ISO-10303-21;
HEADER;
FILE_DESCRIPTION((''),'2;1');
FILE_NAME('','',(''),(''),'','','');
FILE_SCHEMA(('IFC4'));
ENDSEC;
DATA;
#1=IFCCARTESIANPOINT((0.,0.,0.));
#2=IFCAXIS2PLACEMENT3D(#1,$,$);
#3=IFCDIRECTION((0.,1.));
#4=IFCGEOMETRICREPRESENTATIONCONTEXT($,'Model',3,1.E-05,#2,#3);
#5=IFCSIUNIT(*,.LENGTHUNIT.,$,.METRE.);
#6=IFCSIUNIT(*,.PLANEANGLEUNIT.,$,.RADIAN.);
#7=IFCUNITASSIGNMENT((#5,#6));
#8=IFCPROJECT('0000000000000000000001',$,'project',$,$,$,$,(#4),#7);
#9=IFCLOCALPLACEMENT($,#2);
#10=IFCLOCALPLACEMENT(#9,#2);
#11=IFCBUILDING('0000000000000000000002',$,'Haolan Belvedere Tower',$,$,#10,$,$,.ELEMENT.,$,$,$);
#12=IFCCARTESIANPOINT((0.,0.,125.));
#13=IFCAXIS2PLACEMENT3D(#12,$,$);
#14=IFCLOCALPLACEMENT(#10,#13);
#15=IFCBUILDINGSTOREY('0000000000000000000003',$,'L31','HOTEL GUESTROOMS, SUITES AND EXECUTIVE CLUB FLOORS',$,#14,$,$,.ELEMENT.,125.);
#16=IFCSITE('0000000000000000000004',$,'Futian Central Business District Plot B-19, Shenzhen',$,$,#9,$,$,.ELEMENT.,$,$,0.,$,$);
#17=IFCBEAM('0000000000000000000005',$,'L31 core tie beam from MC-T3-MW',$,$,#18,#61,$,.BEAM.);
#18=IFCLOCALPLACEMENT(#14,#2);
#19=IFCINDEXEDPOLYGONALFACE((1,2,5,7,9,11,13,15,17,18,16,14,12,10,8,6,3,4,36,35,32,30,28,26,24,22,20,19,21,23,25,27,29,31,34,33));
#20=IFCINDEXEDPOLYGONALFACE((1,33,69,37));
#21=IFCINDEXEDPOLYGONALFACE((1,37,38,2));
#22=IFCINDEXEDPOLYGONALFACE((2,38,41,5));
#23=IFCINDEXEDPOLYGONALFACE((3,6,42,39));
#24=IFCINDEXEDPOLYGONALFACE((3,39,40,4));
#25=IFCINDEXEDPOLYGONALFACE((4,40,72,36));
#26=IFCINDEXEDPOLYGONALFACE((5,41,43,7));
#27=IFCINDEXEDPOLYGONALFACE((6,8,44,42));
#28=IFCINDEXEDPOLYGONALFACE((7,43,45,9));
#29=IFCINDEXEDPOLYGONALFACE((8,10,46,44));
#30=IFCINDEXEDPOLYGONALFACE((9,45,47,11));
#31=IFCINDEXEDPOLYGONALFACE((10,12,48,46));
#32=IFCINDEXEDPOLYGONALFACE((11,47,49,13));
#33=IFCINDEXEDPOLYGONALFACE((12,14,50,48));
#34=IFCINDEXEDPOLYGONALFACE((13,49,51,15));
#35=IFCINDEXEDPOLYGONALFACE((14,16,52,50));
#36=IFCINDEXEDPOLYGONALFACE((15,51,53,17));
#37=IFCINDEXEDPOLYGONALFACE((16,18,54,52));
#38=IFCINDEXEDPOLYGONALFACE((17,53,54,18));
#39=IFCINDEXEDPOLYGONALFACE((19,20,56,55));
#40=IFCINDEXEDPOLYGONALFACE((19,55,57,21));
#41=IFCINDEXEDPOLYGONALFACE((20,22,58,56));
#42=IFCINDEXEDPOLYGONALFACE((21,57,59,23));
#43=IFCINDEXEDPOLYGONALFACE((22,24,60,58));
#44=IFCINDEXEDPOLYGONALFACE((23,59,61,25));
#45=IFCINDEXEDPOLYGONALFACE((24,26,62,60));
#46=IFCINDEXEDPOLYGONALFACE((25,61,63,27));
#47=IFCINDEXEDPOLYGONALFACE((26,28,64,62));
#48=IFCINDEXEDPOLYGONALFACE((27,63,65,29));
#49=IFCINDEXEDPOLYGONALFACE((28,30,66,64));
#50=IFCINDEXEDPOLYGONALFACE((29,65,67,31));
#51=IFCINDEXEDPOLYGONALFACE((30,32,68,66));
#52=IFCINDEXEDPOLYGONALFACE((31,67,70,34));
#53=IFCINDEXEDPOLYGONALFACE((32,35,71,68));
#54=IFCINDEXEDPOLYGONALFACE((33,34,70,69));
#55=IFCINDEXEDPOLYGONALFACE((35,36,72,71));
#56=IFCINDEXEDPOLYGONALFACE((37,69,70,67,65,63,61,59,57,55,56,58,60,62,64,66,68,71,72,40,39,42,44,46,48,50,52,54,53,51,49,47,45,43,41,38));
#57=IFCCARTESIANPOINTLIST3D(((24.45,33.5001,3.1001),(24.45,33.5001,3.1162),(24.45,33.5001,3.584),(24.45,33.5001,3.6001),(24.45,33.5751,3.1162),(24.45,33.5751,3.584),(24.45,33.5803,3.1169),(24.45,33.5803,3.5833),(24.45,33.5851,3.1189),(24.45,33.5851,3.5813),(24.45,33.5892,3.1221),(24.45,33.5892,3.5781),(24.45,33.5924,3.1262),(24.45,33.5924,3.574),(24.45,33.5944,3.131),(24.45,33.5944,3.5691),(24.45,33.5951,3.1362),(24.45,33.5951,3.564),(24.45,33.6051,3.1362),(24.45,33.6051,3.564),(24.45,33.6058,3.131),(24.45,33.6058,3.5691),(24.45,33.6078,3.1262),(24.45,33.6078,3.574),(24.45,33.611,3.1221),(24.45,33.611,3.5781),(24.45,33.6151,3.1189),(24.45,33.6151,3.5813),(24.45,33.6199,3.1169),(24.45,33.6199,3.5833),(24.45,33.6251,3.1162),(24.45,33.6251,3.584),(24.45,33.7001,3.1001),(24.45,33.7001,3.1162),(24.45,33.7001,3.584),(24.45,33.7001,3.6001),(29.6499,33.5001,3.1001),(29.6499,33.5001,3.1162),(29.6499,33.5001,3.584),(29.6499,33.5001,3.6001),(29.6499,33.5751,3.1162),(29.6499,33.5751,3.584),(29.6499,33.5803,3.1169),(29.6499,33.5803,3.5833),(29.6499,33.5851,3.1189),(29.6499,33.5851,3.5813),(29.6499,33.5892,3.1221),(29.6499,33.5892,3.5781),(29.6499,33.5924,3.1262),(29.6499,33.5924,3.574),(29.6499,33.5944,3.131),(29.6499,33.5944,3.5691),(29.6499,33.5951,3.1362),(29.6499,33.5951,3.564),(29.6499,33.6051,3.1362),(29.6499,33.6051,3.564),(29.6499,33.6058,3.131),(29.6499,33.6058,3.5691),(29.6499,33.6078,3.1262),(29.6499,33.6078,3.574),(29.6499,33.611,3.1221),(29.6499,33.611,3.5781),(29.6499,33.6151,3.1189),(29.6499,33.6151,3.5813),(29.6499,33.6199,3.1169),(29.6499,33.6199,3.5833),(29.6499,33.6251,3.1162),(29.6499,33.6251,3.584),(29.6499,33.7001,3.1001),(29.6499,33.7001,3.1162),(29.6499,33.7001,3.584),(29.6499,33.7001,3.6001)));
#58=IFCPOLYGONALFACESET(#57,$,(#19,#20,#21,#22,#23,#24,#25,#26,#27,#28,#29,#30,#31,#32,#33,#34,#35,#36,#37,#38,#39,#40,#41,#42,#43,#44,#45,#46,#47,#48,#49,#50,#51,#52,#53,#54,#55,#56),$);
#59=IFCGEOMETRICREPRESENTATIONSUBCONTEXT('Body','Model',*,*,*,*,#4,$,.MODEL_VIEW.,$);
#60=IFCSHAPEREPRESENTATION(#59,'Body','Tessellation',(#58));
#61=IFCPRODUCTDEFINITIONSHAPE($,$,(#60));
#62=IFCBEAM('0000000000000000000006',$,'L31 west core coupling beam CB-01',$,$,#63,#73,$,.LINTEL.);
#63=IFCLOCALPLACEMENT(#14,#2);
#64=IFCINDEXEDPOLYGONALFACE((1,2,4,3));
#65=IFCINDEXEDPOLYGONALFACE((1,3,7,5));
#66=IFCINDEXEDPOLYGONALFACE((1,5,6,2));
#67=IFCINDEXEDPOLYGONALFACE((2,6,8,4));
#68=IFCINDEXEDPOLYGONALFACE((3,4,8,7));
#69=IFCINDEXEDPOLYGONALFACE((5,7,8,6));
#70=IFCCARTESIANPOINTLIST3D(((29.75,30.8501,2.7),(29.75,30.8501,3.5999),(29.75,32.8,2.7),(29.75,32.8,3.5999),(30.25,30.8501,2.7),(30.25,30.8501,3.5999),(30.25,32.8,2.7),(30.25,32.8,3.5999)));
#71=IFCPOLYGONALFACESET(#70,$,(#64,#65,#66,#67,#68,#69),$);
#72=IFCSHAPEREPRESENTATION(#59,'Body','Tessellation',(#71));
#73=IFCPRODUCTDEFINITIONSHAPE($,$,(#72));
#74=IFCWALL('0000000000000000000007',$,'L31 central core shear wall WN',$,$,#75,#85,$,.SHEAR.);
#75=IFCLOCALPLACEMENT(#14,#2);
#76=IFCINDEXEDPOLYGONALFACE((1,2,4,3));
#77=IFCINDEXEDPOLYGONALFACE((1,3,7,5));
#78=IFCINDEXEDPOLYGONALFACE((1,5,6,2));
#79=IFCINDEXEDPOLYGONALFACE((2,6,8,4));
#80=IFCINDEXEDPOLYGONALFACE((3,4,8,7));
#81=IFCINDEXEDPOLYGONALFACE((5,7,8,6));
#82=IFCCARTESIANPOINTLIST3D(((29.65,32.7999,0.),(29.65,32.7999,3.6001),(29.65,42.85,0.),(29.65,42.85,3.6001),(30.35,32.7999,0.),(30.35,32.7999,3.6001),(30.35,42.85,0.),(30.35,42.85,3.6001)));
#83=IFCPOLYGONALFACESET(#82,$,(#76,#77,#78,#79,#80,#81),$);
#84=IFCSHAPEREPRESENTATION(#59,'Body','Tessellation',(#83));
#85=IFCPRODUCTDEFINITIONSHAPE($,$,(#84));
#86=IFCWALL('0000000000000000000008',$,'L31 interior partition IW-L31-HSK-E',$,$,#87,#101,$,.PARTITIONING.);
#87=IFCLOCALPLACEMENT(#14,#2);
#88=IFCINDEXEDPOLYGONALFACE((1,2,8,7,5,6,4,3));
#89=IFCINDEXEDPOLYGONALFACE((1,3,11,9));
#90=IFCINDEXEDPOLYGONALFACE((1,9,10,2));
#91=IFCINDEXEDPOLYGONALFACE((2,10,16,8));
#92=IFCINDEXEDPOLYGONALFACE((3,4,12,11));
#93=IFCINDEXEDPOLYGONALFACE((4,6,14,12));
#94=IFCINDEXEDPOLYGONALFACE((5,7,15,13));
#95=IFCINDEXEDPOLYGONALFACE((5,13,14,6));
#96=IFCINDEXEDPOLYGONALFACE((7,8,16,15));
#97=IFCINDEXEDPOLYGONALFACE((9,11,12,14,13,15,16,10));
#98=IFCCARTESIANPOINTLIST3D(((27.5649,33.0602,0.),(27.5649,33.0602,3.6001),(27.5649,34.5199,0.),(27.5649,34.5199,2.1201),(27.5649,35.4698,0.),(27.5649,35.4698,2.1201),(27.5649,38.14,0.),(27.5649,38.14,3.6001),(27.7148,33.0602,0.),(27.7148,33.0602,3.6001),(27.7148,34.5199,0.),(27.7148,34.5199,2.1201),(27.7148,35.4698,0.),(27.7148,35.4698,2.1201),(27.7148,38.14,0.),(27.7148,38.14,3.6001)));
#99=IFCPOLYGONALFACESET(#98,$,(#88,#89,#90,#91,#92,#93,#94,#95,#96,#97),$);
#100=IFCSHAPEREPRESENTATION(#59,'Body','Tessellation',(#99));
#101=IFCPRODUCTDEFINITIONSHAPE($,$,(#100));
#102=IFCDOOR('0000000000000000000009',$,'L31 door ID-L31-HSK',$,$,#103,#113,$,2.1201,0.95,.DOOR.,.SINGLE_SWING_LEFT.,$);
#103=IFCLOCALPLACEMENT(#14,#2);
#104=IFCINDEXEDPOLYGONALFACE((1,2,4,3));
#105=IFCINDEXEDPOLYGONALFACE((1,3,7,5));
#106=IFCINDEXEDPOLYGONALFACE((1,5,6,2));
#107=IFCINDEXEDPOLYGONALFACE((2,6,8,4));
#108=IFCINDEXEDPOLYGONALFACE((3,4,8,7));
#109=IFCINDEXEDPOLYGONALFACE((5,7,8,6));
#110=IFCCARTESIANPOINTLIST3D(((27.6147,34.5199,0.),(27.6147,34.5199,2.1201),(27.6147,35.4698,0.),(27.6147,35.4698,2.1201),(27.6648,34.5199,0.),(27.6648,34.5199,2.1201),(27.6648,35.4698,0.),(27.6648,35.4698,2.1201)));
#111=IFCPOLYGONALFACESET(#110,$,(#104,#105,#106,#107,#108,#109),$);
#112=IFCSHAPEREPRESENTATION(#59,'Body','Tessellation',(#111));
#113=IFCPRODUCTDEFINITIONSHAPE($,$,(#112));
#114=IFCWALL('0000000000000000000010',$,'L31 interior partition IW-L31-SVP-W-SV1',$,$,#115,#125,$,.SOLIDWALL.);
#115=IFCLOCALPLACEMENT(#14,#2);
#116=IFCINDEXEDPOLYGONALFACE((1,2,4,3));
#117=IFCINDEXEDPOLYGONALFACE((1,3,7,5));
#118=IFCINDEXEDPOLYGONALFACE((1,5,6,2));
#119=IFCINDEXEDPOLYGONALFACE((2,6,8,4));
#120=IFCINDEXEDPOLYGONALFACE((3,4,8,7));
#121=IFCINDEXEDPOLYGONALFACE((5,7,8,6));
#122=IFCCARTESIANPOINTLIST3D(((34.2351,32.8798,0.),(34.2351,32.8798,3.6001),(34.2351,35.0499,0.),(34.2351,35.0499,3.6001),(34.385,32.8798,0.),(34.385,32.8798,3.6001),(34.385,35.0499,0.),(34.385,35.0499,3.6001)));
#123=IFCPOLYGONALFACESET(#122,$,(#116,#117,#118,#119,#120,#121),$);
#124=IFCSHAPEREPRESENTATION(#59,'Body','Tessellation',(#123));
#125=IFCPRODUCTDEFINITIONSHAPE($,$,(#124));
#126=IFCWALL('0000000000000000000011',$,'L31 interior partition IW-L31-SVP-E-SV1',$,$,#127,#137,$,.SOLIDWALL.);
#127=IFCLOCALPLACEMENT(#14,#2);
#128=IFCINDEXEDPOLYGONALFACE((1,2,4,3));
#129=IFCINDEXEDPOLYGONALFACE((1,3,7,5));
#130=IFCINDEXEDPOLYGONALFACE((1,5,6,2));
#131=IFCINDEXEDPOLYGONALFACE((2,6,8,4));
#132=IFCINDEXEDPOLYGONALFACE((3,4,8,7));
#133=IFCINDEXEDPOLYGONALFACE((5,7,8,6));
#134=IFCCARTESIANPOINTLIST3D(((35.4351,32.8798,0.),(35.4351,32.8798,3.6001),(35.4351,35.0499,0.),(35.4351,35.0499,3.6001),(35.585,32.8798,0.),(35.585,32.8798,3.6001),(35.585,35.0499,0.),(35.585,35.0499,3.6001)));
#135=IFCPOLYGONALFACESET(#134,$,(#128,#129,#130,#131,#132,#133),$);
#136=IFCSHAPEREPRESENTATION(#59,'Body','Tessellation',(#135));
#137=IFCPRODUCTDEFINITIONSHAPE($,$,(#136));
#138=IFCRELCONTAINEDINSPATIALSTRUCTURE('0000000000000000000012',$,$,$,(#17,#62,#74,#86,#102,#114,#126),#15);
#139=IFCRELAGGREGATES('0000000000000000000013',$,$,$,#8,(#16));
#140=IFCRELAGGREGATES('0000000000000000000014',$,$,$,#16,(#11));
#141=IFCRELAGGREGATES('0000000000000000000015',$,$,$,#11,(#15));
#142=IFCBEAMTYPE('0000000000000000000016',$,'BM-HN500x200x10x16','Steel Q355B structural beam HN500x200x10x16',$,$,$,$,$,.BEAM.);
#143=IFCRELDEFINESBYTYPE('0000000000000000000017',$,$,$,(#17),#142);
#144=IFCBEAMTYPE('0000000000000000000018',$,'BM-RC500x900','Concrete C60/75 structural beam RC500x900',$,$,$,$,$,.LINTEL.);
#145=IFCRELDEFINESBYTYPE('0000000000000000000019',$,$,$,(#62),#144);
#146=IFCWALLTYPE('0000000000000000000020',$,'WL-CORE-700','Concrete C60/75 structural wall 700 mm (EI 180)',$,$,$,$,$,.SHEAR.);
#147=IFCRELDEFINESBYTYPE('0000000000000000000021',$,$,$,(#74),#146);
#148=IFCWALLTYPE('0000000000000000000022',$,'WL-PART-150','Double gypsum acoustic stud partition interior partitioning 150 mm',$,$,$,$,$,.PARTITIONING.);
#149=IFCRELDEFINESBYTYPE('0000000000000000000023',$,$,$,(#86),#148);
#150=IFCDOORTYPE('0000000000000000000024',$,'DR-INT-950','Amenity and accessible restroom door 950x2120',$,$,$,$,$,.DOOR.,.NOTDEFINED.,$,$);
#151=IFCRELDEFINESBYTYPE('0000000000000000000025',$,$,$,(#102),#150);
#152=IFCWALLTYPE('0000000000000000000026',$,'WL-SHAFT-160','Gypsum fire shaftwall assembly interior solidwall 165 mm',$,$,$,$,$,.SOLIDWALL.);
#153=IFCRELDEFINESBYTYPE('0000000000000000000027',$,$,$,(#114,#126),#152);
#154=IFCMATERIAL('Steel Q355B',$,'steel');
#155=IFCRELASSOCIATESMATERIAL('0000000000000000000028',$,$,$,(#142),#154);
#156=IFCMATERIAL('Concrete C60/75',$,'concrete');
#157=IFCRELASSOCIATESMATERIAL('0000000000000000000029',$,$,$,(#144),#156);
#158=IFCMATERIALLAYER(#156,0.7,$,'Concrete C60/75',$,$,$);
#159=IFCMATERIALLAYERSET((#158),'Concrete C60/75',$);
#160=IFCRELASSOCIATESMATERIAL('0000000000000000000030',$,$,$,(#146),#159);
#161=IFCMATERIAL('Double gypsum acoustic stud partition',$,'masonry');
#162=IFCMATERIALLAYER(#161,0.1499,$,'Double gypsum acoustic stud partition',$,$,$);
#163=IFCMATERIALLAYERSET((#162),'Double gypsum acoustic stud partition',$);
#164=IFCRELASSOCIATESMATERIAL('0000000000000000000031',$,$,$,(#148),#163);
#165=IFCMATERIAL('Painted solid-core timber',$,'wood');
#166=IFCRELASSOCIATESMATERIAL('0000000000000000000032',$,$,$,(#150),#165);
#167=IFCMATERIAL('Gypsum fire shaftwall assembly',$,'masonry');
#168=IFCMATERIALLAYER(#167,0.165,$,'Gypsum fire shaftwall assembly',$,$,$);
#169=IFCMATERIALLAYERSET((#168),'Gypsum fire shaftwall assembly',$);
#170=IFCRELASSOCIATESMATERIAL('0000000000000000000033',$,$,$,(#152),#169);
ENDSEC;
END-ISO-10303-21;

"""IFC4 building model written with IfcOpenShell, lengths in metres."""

from ifc_helpers import new_model, si_unit, direction, frame, frame_2d, origin, origin_2d, place, context, subcontext, project, spatial, rectangle, i_section, extrude, material, layer, layer_set, material_profile, profile_set, type_object, element, fill, save


model = new_model("IFC4")

# Units and contexts
model_context = context("Model", 3, precision=1e-05, world=origin(), true_north=direction((0.0, 1.0)))
body_context = subcontext(model_context, "Body", "Model", "MODEL_VIEW")
ifc_project = project(units=[si_unit("LENGTHUNIT", "METRE"), si_unit("PLANEANGLEUNIT", "RADIAN")], contexts=[model_context])

# Site, building, storey
site_placement = place(None, origin())
site = spatial("IfcSite", under=ifc_project, at=site_placement, Name="Futian Central Business District Plot B-19, Shenzhen", CompositionType="ELEMENT", RefElevation=0.0)
building_placement = place(site_placement, origin())
building = spatial("IfcBuilding", under=site, at=building_placement, Name="Haolan Belvedere Tower", CompositionType="ELEMENT")
storey_placement = place(building_placement, frame((0.0, 0.0, 125.0)))
storey = spatial("IfcBuildingStorey", under=building, at=storey_placement, Name="L31", Description="HOTEL GUESTROOMS, SUITES AND EXECUTIVE CLUB FLOORS", CompositionType="ELEMENT", Elevation=125.0)

# Beams
ifc_material_1 = material(Name="Steel Q355B", Category="steel")
ifc_material_profile_1 = material_profile(ifc_material_1, i_section(OverallWidth=0.2, OverallDepth=0.5, WebThickness=0.01, FlangeThickness=0.0161, FilletRadius=0.02, at=origin_2d()), Name="Steel Q355B")
ifc_profile_set_1 = profile_set([ifc_material_profile_1], Name="Steel Q355B")
beam_type_1 = type_object("IfcBeamType", Name="BM-HN500x200x10x16", Description="Steel Q355B structural beam HN500x200x10x16", PredefinedType="BEAM", material=ifc_profile_set_1)
beam_1_placement = place(storey_placement, frame((24.45, 33.6001, 3.3501), z_axis=(1.0, 0.0, 0.0), x_axis=(0.0, 1.0, 0.0)))
element("IfcBeam", 1, at=beam_1_placement, inside=storey, type_object=beam_type_1, Name="L31 core tie beam from MC-T3-MW", PredefinedType="BEAM", context=body_context, shape_type="SweptSolid", body=[
    extrude(i_section(OverallWidth=0.2, OverallDepth=0.5, WebThickness=0.01, FlangeThickness=0.0161, FilletRadius=0.02, at=origin_2d()), origin(), (0.0, 0.0, 1.0), 5.2),
])
ifc_material_2 = material(Name="Concrete C60/75", Category="concrete")
ifc_material_profile_2 = material_profile(ifc_material_2, rectangle(XDim=0.5, YDim=0.8999, at=origin_2d()), Name="Concrete C60/75")
ifc_profile_set_2 = profile_set([ifc_material_profile_2], Name="Concrete C60/75")
beam_type_2 = type_object("IfcBeamType", Name="BM-RC500x900", Description="Concrete C60/75 structural beam RC500x900", PredefinedType="LINTEL", material=ifc_profile_set_2)
beam_2_placement = place(storey_placement, frame((30.0, 30.8501, 3.1499), z_axis=(0.0, 1.0, 0.0), x_axis=(-1.0, 0.0, 0.0)))
element("IfcBeam", 2, at=beam_2_placement, inside=storey, type_object=beam_type_2, Name="L31 west core coupling beam CB-01", PredefinedType="LINTEL", context=body_context, shape_type="SweptSolid", body=[
    extrude(rectangle(XDim=0.5, YDim=0.8999, at=origin_2d()), origin(), (0.0, 0.0, 1.0), 1.95),
])

# Wall
ifc_layer_1 = layer(ifc_material_2, 0.7, Name="Concrete C60/75")
ifc_layer_set_1 = layer_set([ifc_layer_1], Name="Concrete C60/75")
wall_type_1 = type_object("IfcWallType", Name="WL-CORE-700", Description="Concrete C60/75 structural wall 700 mm (EI 180)", PredefinedType="SHEAR", material=ifc_layer_set_1)
wall_1_placement = place(storey_placement, frame((30.0, 32.8, 0.0), z_axis=(0.0, 0.0, 1.0), x_axis=(0.0, 1.0, 0.0)))
element("IfcWall", 3, at=wall_1_placement, inside=storey, type_object=wall_type_1, Name="L31 central core shear wall WN", PredefinedType="SHEAR", context=body_context, shape_type="SweptSolid", body=[
    extrude(rectangle(XDim=10.05, YDim=0.7, at=frame_2d((5.0249, 0.0))), origin(), (0.0, 0.0, 1.0), 3.6001),
])

# Wall, opening, door
ifc_material_3 = material(Name="Double gypsum acoustic stud partition", Category="masonry")
ifc_layer_2 = layer(ifc_material_3, 0.1499, Name="Double gypsum acoustic stud partition")
ifc_layer_set_2 = layer_set([ifc_layer_2], Name="Double gypsum acoustic stud partition")
wall_type_2 = type_object("IfcWallType", Name="WL-PART-150", Description="Double gypsum acoustic stud partition interior partitioning 150 mm", PredefinedType="PARTITIONING", material=ifc_layer_set_2)
wall_2_placement = place(storey_placement, frame((27.6399, 33.0601, 0.0), z_axis=(0.0, 0.0, 1.0), x_axis=(0.0, 1.0, 0.0)))
wall_2 = element("IfcWall", 4, at=wall_2_placement, inside=storey, type_object=wall_type_2, Name="L31 interior partition IW-L31-HSK-E", PredefinedType="PARTITIONING", context=body_context, shape_type="SweptSolid", body=[
    extrude(rectangle(XDim=5.0798, YDim=0.1499, at=frame_2d((2.54, 0.0))), origin(), (0.0, 0.0, 1.0), 3.6001),
])
opening_1_placement = place(wall_2_placement, frame((2.4099, 0.0, 0.0), z_axis=(0.0, 0.0, 1.0), x_axis=(-1.0, 0.0, 0.0)))
opening_1 = element("IfcOpeningElement", 5, at=opening_1_placement, cuts=wall_2, PredefinedType="OPENING", context=body_context, shape_type="SweptSolid", body=[
    extrude(rectangle(XDim=0.95, YDim=2.1201, at=frame_2d((0.4751, 1.0601))), frame((0.0, 0.085, 0.0), z_axis=(0.0, -1.0, 0.0), x_axis=(1.0, 0.0, 0.0)), (0.0, 0.0, 1.0), 0.1699),
])
ifc_material_4 = material(Name="Painted solid-core timber", Category="wood")
door_type_1 = type_object("IfcDoorType", Name="DR-INT-950", Description="Amenity and accessible restroom door 950x2120", OperationType="NOTDEFINED", PredefinedType="DOOR", material=ifc_material_4)
door_1_placement = place(opening_1_placement, origin())
door_1 = element("IfcDoor", 6, at=door_1_placement, inside=storey, type_object=door_type_1, Name="L31 door ID-L31-HSK", OperationType="SINGLE_SWING_LEFT", OverallHeight=2.1201, OverallWidth=0.95, PredefinedType="DOOR", context=body_context, shape_type="SweptSolid", body=[
    extrude(rectangle(XDim=0.95, YDim=2.1201, at=frame_2d((0.4751, 1.0601))), frame((0.0, 0.0249, 0.0), z_axis=(0.0, -1.0, 0.0), x_axis=(1.0, 0.0, 0.0)), (0.0, 0.0, 1.0), 0.05),
])
fill(opening_1, door_1)

# Walls
ifc_material_5 = material(Name="Gypsum fire shaftwall assembly", Category="masonry")
ifc_layer_3 = layer(ifc_material_5, 0.165, Name="Gypsum fire shaftwall assembly")
ifc_layer_set_3 = layer_set([ifc_layer_3], Name="Gypsum fire shaftwall assembly")
wall_type_3 = type_object("IfcWallType", Name="WL-SHAFT-160", Description="Gypsum fire shaftwall assembly interior solidwall 165 mm", PredefinedType="SOLIDWALL", material=ifc_layer_set_3)
for number, where, z_axis, x_axis, name in (
    (7, (34.3101, 32.8799, 0.0), (0.0, 0.0, 1.0), (0.0, 1.0, 0.0), "L31 interior partition IW-L31-SVP-W-SV1"),
    (8, (35.51, 32.8799, 0.0), (0.0, 0.0, 1.0), (0.0, 1.0, 0.0), "L31 interior partition IW-L31-SVP-E-SV1"),
):
    element("IfcWall", number, at=place(storey_placement, frame(where, z_axis=z_axis, x_axis=x_axis)), inside=storey, type_object=wall_type_3, Name=name, PredefinedType="SOLIDWALL", context=body_context, shape_type="SweptSolid", body=[
        extrude(rectangle(XDim=2.1702, YDim=0.1499, at=frame_2d((1.085, 0.0))), origin(), (0.0, 0.0, 1.0), 3.6001),
    ])

save(model, "model.ifc")
